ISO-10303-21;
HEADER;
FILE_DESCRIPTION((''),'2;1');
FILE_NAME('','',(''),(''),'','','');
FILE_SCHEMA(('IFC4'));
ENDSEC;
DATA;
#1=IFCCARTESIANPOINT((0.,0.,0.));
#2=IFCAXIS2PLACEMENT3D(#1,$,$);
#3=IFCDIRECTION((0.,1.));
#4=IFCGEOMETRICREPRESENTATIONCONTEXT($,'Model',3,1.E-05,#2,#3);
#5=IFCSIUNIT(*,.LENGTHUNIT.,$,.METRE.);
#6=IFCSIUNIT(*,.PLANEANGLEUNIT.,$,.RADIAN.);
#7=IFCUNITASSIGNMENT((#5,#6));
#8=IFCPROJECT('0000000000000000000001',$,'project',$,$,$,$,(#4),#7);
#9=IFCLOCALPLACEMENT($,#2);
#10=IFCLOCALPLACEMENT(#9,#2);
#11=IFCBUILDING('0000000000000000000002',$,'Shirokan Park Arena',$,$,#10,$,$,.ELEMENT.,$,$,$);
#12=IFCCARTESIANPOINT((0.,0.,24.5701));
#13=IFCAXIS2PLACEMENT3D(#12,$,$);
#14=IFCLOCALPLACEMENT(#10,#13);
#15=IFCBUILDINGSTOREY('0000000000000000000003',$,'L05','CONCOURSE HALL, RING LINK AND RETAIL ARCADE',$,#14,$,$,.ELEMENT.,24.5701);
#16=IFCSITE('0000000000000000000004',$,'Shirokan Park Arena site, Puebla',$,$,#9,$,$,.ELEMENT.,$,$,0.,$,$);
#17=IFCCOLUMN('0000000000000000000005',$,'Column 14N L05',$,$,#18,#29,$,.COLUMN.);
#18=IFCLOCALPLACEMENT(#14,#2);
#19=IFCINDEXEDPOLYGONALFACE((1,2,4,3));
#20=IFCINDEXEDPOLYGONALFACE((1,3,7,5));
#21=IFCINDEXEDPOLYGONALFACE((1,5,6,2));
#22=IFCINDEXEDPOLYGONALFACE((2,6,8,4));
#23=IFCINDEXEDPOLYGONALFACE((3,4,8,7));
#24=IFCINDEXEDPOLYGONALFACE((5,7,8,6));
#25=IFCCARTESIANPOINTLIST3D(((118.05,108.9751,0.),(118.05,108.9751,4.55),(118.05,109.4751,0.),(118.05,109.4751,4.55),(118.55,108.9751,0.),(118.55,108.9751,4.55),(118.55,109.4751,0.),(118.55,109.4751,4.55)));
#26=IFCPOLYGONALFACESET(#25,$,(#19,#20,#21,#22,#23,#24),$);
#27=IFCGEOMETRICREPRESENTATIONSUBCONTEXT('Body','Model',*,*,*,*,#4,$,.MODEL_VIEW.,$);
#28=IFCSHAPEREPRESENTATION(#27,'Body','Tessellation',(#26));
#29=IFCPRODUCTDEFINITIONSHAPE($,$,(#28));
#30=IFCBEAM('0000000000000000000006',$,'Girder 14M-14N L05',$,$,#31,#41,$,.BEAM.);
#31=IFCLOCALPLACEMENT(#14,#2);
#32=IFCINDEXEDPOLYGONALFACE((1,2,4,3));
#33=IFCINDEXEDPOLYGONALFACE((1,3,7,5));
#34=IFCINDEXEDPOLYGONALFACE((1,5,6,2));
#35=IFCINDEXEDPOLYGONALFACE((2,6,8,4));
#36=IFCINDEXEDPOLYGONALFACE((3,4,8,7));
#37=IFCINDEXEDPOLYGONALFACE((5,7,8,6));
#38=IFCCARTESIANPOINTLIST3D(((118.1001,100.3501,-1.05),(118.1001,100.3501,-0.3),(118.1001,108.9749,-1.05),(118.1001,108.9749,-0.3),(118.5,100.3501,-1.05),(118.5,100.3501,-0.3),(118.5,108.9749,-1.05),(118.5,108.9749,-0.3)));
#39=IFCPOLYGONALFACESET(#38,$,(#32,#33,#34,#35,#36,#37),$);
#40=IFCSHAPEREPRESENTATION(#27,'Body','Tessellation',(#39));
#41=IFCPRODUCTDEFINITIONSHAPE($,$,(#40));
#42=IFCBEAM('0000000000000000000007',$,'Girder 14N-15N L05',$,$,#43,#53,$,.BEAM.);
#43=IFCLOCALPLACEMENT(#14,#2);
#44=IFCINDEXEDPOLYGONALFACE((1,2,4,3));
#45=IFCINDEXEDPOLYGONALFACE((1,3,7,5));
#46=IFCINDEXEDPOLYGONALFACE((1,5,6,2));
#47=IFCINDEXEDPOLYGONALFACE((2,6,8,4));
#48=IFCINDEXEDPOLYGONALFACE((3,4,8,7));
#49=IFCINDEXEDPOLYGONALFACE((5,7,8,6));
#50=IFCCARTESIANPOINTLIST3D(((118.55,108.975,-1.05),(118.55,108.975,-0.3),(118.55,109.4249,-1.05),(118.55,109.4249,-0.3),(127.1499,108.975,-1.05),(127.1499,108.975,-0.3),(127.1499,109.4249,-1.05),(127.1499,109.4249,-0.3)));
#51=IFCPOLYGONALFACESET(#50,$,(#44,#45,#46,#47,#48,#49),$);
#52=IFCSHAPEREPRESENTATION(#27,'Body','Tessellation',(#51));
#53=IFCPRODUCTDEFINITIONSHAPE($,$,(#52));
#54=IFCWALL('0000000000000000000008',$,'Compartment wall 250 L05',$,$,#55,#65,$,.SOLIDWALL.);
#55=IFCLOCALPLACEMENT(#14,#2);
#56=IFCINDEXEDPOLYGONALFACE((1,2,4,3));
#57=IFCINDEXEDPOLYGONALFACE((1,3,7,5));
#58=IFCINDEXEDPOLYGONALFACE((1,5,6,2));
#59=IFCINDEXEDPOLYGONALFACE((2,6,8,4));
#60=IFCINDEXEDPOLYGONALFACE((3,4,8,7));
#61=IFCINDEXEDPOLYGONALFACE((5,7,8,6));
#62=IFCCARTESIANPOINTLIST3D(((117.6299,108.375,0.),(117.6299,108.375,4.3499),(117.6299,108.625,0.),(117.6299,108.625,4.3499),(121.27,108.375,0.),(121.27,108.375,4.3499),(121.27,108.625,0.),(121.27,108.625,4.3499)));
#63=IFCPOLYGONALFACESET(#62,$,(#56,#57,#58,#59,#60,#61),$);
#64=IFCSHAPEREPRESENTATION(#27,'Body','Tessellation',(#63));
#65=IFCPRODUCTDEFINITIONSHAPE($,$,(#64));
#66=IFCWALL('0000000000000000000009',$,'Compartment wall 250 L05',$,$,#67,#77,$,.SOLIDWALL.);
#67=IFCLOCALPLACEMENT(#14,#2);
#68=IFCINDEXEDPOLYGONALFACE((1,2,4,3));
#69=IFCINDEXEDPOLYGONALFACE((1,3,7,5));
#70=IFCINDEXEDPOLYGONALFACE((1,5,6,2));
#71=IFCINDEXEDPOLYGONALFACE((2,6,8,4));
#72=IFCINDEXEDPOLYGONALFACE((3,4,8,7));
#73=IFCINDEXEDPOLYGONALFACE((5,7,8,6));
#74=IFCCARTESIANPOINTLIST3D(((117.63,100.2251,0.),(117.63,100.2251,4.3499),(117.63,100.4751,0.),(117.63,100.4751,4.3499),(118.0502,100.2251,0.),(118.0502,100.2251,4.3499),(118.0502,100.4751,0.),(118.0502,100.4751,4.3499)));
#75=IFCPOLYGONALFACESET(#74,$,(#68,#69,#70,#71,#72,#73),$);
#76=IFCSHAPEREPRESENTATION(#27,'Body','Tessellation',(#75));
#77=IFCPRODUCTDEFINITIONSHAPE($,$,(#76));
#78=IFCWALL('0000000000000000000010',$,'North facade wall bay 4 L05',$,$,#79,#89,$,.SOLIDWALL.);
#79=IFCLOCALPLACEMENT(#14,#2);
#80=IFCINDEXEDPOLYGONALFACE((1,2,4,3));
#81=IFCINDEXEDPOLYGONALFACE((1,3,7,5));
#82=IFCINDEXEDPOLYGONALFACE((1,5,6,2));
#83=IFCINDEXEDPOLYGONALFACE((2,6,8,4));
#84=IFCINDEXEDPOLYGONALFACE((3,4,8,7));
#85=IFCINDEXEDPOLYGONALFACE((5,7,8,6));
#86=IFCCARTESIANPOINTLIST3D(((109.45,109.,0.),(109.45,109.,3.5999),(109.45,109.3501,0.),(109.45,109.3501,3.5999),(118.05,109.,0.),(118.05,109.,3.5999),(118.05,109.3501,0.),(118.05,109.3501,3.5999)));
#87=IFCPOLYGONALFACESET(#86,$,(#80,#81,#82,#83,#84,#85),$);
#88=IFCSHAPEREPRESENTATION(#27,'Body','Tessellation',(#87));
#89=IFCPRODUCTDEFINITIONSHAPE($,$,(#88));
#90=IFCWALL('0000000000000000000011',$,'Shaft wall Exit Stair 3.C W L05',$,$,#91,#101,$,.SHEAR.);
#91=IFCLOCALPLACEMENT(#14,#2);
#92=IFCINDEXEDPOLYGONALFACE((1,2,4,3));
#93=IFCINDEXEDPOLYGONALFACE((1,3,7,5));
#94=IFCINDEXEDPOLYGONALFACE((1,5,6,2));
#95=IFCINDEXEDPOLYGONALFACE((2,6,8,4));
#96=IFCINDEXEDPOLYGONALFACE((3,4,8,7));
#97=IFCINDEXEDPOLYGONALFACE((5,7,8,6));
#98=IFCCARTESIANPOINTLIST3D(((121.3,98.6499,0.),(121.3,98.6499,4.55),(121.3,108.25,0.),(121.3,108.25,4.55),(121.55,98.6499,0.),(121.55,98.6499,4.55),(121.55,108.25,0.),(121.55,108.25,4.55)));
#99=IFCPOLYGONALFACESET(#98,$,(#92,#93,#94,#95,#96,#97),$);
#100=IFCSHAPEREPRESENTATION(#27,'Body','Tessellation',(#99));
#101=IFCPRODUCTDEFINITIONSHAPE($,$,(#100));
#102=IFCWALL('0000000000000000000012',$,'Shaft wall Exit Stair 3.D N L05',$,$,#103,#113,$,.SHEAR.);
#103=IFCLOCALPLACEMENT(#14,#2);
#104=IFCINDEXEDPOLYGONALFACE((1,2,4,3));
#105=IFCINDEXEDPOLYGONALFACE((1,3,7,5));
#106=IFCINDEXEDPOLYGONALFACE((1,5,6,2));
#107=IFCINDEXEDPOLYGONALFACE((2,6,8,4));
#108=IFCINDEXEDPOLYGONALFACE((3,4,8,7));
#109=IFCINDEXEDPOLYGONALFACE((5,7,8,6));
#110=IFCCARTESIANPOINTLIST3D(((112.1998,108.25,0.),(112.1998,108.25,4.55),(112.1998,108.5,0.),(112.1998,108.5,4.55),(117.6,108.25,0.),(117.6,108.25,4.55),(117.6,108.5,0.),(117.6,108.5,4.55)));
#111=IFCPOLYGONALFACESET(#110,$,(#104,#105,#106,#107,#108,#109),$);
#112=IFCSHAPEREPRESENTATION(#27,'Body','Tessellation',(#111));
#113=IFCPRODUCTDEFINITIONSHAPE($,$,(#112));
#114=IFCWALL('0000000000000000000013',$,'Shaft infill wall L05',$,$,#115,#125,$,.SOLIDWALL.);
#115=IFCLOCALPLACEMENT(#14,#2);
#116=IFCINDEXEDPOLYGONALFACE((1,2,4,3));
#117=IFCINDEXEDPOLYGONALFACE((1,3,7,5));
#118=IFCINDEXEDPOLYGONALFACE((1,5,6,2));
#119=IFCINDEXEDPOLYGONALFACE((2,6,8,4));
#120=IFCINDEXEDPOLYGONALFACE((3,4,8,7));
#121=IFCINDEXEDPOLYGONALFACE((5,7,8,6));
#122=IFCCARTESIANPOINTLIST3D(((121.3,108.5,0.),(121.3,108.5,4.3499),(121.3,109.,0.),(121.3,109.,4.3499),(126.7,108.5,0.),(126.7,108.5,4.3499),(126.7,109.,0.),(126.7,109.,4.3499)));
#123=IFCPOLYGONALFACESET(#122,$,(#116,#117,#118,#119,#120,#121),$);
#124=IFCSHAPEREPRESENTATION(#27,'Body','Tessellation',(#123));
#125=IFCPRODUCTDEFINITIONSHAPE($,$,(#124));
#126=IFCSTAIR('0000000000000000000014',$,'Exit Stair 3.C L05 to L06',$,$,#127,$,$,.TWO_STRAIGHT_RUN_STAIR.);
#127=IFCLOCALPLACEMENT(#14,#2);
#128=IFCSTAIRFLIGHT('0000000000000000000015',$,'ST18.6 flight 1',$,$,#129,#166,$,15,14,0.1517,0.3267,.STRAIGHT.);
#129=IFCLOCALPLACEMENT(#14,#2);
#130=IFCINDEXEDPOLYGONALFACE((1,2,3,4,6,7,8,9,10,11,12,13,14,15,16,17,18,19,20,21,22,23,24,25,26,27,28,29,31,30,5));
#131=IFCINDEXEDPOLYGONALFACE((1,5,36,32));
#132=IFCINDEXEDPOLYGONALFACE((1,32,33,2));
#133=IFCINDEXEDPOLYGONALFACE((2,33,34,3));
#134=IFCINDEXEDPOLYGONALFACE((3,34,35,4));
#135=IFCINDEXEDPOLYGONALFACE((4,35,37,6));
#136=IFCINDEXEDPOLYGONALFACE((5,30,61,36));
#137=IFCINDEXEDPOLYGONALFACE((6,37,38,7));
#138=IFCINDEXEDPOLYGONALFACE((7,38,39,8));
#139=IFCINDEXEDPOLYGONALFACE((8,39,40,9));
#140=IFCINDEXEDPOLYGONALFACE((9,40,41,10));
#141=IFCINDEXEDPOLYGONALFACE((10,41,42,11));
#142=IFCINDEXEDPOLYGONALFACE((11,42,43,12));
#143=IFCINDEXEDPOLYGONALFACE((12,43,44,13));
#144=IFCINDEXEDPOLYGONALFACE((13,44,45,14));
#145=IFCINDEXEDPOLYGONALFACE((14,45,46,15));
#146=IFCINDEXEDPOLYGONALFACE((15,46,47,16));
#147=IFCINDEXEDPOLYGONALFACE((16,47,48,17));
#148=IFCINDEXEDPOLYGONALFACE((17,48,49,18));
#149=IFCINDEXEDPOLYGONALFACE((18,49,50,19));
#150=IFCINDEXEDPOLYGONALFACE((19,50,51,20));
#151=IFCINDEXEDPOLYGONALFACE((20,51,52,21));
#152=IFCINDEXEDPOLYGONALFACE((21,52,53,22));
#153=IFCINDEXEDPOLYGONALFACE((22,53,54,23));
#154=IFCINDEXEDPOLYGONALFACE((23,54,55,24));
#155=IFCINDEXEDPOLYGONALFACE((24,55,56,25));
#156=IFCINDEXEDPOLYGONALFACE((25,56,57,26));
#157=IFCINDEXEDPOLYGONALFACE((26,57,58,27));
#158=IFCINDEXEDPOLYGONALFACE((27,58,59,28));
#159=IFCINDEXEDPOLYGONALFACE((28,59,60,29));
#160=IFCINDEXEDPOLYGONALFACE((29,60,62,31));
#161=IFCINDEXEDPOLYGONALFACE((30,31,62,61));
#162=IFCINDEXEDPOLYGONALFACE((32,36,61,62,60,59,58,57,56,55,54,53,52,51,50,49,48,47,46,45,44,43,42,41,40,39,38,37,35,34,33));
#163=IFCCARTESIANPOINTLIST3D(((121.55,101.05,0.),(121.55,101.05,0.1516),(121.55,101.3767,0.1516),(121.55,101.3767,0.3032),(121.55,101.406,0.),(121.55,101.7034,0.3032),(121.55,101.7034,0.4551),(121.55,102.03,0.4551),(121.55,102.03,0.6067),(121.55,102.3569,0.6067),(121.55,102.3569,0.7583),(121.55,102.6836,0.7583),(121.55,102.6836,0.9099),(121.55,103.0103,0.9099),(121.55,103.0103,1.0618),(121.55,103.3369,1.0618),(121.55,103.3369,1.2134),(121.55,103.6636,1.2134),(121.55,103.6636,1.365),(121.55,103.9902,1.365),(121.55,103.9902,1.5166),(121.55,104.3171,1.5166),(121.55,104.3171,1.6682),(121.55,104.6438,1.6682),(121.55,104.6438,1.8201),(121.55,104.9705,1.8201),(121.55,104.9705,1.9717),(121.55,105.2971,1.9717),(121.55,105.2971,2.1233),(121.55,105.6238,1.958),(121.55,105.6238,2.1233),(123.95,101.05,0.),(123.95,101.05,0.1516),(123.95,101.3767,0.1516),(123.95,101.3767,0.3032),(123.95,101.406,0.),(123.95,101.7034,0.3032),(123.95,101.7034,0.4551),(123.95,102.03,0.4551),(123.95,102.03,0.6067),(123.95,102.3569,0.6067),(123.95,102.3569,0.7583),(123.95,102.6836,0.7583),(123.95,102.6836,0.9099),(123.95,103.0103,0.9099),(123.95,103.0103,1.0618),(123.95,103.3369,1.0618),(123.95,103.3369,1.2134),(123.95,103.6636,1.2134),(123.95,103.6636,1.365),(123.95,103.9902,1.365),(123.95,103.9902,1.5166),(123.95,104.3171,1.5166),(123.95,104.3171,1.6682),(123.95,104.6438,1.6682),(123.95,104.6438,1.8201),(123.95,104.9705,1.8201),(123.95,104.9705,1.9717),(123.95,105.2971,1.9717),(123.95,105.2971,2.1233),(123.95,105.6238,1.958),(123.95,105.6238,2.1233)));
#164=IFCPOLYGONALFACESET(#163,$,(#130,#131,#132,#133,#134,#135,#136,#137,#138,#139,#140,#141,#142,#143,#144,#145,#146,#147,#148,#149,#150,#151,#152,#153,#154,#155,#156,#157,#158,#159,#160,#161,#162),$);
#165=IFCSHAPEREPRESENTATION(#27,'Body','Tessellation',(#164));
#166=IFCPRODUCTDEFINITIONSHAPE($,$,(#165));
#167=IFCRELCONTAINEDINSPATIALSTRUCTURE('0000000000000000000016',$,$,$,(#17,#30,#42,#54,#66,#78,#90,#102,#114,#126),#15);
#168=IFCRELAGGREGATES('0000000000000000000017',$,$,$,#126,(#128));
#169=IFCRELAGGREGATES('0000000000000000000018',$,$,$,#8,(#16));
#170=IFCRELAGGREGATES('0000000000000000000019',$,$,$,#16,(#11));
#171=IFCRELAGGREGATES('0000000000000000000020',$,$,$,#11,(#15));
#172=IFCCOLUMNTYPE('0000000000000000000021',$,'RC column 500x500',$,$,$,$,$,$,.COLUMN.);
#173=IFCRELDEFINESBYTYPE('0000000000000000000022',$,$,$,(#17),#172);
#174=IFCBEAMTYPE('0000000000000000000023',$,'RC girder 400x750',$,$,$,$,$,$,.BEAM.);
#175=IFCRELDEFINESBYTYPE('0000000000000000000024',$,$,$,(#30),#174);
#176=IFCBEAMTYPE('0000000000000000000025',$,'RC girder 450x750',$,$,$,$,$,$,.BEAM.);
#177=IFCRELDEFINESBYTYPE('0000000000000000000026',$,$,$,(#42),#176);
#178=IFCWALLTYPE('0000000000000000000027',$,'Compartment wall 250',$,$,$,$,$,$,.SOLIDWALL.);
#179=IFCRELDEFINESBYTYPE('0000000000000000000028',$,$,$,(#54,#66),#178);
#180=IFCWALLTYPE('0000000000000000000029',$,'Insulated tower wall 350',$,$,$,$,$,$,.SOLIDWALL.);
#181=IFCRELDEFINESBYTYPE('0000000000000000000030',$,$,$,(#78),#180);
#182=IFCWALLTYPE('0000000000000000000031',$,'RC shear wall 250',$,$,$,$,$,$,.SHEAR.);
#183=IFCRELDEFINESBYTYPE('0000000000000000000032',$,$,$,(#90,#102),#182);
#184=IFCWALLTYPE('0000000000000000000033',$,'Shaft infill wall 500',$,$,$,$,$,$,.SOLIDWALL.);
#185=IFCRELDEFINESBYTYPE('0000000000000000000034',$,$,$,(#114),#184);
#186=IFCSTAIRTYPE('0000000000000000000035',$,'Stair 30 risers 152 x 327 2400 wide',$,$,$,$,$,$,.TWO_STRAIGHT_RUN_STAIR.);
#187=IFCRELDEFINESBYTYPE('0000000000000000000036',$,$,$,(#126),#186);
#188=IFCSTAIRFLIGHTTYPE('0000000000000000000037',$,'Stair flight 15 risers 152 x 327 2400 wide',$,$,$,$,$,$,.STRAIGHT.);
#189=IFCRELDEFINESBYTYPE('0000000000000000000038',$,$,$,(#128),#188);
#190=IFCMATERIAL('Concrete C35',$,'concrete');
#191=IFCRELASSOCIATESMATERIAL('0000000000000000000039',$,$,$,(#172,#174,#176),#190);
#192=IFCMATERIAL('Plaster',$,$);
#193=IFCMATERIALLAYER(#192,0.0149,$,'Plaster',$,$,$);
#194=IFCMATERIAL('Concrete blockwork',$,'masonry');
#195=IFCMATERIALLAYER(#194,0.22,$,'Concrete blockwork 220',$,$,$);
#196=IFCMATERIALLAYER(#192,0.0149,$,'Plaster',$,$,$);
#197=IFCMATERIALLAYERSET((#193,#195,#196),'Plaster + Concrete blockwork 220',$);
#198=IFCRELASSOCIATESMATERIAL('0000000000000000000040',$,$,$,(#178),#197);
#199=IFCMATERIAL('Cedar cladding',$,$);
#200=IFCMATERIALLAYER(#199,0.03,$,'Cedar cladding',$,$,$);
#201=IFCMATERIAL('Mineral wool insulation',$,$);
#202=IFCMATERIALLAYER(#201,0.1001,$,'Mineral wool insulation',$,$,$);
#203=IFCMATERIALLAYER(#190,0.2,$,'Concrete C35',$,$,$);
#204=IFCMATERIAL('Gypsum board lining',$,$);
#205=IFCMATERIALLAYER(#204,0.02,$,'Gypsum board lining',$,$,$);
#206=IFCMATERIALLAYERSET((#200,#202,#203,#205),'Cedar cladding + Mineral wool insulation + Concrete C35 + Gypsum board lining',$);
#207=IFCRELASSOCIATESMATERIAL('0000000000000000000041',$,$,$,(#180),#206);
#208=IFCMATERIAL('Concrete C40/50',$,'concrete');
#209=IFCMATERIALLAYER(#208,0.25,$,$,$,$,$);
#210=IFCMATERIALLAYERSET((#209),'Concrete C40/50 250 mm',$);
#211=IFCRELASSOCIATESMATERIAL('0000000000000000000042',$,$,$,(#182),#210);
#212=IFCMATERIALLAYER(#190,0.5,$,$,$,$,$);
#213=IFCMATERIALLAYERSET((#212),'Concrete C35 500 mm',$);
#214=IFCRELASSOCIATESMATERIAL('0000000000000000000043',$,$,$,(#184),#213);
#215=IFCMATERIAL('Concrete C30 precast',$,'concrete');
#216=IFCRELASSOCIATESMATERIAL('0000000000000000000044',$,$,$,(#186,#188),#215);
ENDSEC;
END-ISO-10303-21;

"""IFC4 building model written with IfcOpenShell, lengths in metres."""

from ifc_helpers import new_model, si_unit, direction, frame, frame_2d, origin, origin_2d, place, context, subcontext, project, spatial, polyline, rectangle, outline, extrude, material, layer, layer_set, material_profile, profile_set, type_object, element, aggregate, save


model = new_model("IFC4")

# Units and contexts
model_context = context("Model", 3, precision=1e-05, world=origin(), true_north=direction((0.0, 1.0)))
body_context = subcontext(model_context, "Body", "Model", "MODEL_VIEW")
ifc_project = project(units=[si_unit("LENGTHUNIT", "METRE"), si_unit("PLANEANGLEUNIT", "RADIAN")], contexts=[model_context])

# Site, building, storey
site_placement = place(None, origin())
site = spatial("IfcSite", under=ifc_project, at=site_placement, Name="Shirokan Park Arena site, Puebla", CompositionType="ELEMENT", RefElevation=0.0)
building_placement = place(site_placement, origin())
building = spatial("IfcBuilding", under=site, at=building_placement, Name="Shirokan Park Arena", CompositionType="ELEMENT")
storey_placement = place(building_placement, frame((0.0, 0.0, 24.5701)))
storey = spatial("IfcBuildingStorey", under=building, at=storey_placement, Name="L05", Description="CONCOURSE HALL, RING LINK AND RETAIL ARCADE", CompositionType="ELEMENT", Elevation=24.5701)

# Column
ifc_material_1 = material(Name="Concrete C35", Category="concrete")
ifc_material_profile_1 = material_profile(ifc_material_1, rectangle(XDim=0.5, YDim=0.5, at=origin_2d()), Name="500x500")
ifc_profile_set_1 = profile_set([ifc_material_profile_1], Name="Concrete C35")
column_type = type_object("IfcColumnType", Name="RC column 500x500", PredefinedType="COLUMN", material=ifc_profile_set_1)
column_placement = place(storey_placement, frame((118.3, 109.2251, 0.0), z_axis=(0.0, 0.0, 1.0), x_axis=(1.0, 0.0, 0.0)))
element("IfcColumn", 1, at=column_placement, inside=storey, type_object=column_type, Name="Column 14N L05", PredefinedType="COLUMN", context=body_context, shape_type="SweptSolid", body=[
    extrude(rectangle(XDim=0.5, YDim=0.5, at=origin_2d()), origin(), (0.0, 0.0, 1.0), 4.55),
])

# Beams
ifc_material_profile_2 = material_profile(ifc_material_1, rectangle(XDim=0.3999, YDim=0.75, at=origin_2d()), Name="400x750")
ifc_profile_set_2 = profile_set([ifc_material_profile_2], Name="Concrete C35")
beam_type_1 = type_object("IfcBeamType", Name="RC girder 400x750", PredefinedType="BEAM", material=ifc_profile_set_2)
beam_1_placement = place(storey_placement, frame((118.3, 100.3501, -0.675), z_axis=(0.0, 1.0, 0.0), x_axis=(-1.0, 0.0, 0.0)))
element("IfcBeam", 2, at=beam_1_placement, inside=storey, type_object=beam_type_1, Name="Girder 14M-14N L05", PredefinedType="BEAM", context=body_context, shape_type="SweptSolid", body=[
    extrude(rectangle(XDim=0.3999, YDim=0.75, at=origin_2d()), origin(), (0.0, 0.0, 1.0), 8.6248),
])
ifc_material_profile_3 = material_profile(ifc_material_1, rectangle(XDim=0.45, YDim=0.75, at=origin_2d()), Name="450x750")
ifc_profile_set_3 = profile_set([ifc_material_profile_3], Name="Concrete C35")
beam_type_2 = type_object("IfcBeamType", Name="RC girder 450x750", PredefinedType="BEAM", material=ifc_profile_set_3)
beam_2_placement = place(storey_placement, frame((118.55, 109.2, -0.675), z_axis=(1.0, 0.0, 0.0), x_axis=(0.0, 1.0, 0.0)))
element("IfcBeam", 3, at=beam_2_placement, inside=storey, type_object=beam_type_2, Name="Girder 14N-15N L05", PredefinedType="BEAM", context=body_context, shape_type="SweptSolid", body=[
    extrude(rectangle(XDim=0.45, YDim=0.75, at=origin_2d()), origin(), (0.0, 0.0, 1.0), 8.5999),
])

# Walls
ifc_material_2 = material(Name="Plaster")
ifc_layer_1 = layer(ifc_material_2, 0.0149, Name="Plaster")
ifc_material_3 = material(Name="Concrete blockwork", Category="masonry")
ifc_layer_2 = layer(ifc_material_3, 0.22, Name="Concrete blockwork 220")
ifc_layer_3 = layer(ifc_material_2, 0.0149, Name="Plaster")
ifc_layer_set_1 = layer_set([ifc_layer_1, ifc_layer_2, ifc_layer_3], Name="Plaster + Concrete blockwork 220")
wall_type_1 = type_object("IfcWallType", Name="Compartment wall 250", PredefinedType="SOLIDWALL", material=ifc_layer_set_1)
wall_1_placement = place(storey_placement, frame((117.6299, 108.5, 0.0), z_axis=(0.0, 0.0, 1.0), x_axis=(1.0, 0.0, 0.0)))
element("IfcWall", 4, at=wall_1_placement, inside=storey, type_object=wall_type_1, Name="Compartment wall 250 L05", PredefinedType="SOLIDWALL", context=body_context, shape_type="SweptSolid", body=[
    extrude(rectangle(XDim=3.6401, YDim=0.25, at=frame_2d((1.8201, 0.0))), origin(), (0.0, 0.0, 1.0), 4.3499),
])
wall_2_placement = place(storey_placement, frame((118.05, 100.3501, 0.0), z_axis=(0.0, 0.0, 1.0), x_axis=(-1.0, 0.0, 0.0)))
element("IfcWall", 5, at=wall_2_placement, inside=storey, type_object=wall_type_1, Name="Compartment wall 250 L05", PredefinedType="SOLIDWALL", context=body_context, shape_type="SweptSolid", body=[
    extrude(rectangle(XDim=0.4202, YDim=0.25, at=frame_2d((0.21, 0.0))), origin(), (0.0, 0.0, 1.0), 4.3499),
])
ifc_material_4 = material(Name="Cedar cladding")
ifc_layer_4 = layer(ifc_material_4, 0.03, Name="Cedar cladding")
ifc_material_5 = material(Name="Mineral wool insulation")
ifc_layer_5 = layer(ifc_material_5, 0.1001, Name="Mineral wool insulation")
ifc_layer_6 = layer(ifc_material_1, 0.2, Name="Concrete C35")
ifc_material_6 = material(Name="Gypsum board lining")
ifc_layer_7 = layer(ifc_material_6, 0.02, Name="Gypsum board lining")
ifc_layer_set_2 = layer_set([ifc_layer_4, ifc_layer_5, ifc_layer_6, ifc_layer_7], Name="Cedar cladding + Mineral wool insulation + Concrete C35 + Gypsum board lining")
wall_type_2 = type_object("IfcWallType", Name="Insulated tower wall 350", PredefinedType="SOLIDWALL", material=ifc_layer_set_2)
wall_3_placement = place(storey_placement, frame((118.05, 109.175, 0.0), z_axis=(0.0, 0.0, 1.0), x_axis=(-1.0, 0.0, 0.0)))
element("IfcWall", 6, at=wall_3_placement, inside=storey, type_object=wall_type_2, Name="North facade wall bay 4 L05", PredefinedType="SOLIDWALL", context=body_context, shape_type="SweptSolid", body=[
    extrude(rectangle(XDim=8.6001, YDim=0.3501, at=frame_2d((4.3, 0.0))), origin(), (0.0, 0.0, 1.0), 3.5999),
])
ifc_material_7 = material(Name="Concrete C40/50", Category="concrete")
ifc_layer_8 = layer(ifc_material_7, 0.25)
ifc_layer_set_3 = layer_set([ifc_layer_8], Name="Concrete C40/50 250 mm")
wall_type_3 = type_object("IfcWallType", Name="RC shear wall 250", PredefinedType="SHEAR", material=ifc_layer_set_3)
wall_4_placement = place(storey_placement, frame((121.425, 108.25, 0.0), z_axis=(0.0, 0.0, 1.0), x_axis=(0.0, -1.0, 0.0)))
element("IfcWall", 7, at=wall_4_placement, inside=storey, type_object=wall_type_3, Name="Shaft wall Exit Stair 3.C W L05", PredefinedType="SHEAR", context=body_context, shape_type="SweptSolid", body=[
    extrude(rectangle(XDim=9.6001, YDim=0.25, at=frame_2d((4.8, 0.0))), origin(), (0.0, 0.0, 1.0), 4.55),
])
wall_5_placement = place(storey_placement, frame((117.6001, 108.375, 0.0), z_axis=(0.0, 0.0, 1.0), x_axis=(-1.0, 0.0, 0.0)))
element("IfcWall", 8, at=wall_5_placement, inside=storey, type_object=wall_type_3, Name="Shaft wall Exit Stair 3.D N L05", PredefinedType="SHEAR", context=body_context, shape_type="SweptSolid", body=[
    extrude(rectangle(XDim=5.4001, YDim=0.25, at=frame_2d((2.7002, 0.0))), origin(), (0.0, 0.0, 1.0), 4.55),
])
ifc_layer_9 = layer(ifc_material_1, 0.5)
ifc_layer_set_4 = layer_set([ifc_layer_9], Name="Concrete C35 500 mm")
wall_type_4 = type_object("IfcWallType", Name="Shaft infill wall 500", PredefinedType="SOLIDWALL", material=ifc_layer_set_4)
wall_6_placement = place(storey_placement, frame((121.3, 108.75, 0.0), z_axis=(0.0, 0.0, 1.0), x_axis=(1.0, 0.0, 0.0)))
element("IfcWall", 9, at=wall_6_placement, inside=storey, type_object=wall_type_4, Name="Shaft infill wall L05", PredefinedType="SOLIDWALL", context=body_context, shape_type="SweptSolid", body=[
    extrude(rectangle(XDim=5.3999, YDim=0.5, at=frame_2d((2.7, 0.0))), origin(), (0.0, 0.0, 1.0), 4.3499),
])

# Stair, stair flight
ifc_material_8 = material(Name="Concrete C30 precast", Category="concrete")
stair_type = type_object("IfcStairType", Name="Stair 30 risers 152 x 327 2400 wide", PredefinedType="TWO_STRAIGHT_RUN_STAIR", material=ifc_material_8)
stair_placement = place(storey_placement, origin())
stair = element("IfcStair", 10, at=stair_placement, inside=storey, type_object=stair_type, Name="Exit Stair 3.C L05 to L06", PredefinedType="TWO_STRAIGHT_RUN_STAIR")
stair_flight_type = type_object("IfcStairFlightType", Name="Stair flight 15 risers 152 x 327 2400 wide", PredefinedType="STRAIGHT", material=ifc_material_8)
stair_flight_1_placement = place(storey_placement, frame((122.75, 101.05, 0.0), z_axis=(0.0, 0.0, 1.0), x_axis=(0.0, 1.0, 0.0)))
stair_flight_1 = element("IfcStairFlight", 11, at=stair_flight_1_placement, type_object=stair_flight_type, Name="ST18.6 flight 1", NumberOfRisers=15, NumberOfTreads=14, PredefinedType="STRAIGHT", RiserHeight=0.1517, TreadLength=0.3267, context=body_context, shape_type="SweptSolid", body=[
    extrude(outline(polyline([(0.0, 0.0), (0.0, 0.1516), (0.3267, 0.1516), (0.3267, 0.3032), (0.6533, 0.3032), (0.6533, 0.4551), (0.98, 0.4551), (0.98, 0.6067), (1.3069, 0.6067), (1.3069, 0.7583), (1.6335, 0.7583), (1.6335, 0.9099), (1.9602, 0.9099), (1.9602, 1.0618), (2.2869, 1.0618), (2.2869, 1.2134), (2.6135, 1.2134), (2.6135, 1.365), (2.9402, 1.365), (2.9402, 1.5166), (3.2671, 1.5166), (3.2671, 1.6682), (3.5938, 1.6682), (3.5938, 1.8201), (3.9204, 1.8201), (3.9204, 1.9717), (4.2471, 1.9717), (4.2471, 2.1233), (4.5737, 2.1233), (4.5737, 2.2749), (4.5737, 1.958), (0.356, 0.0), (0.0, 0.0)])), frame((0.0, 1.2, 0.0), z_axis=(0.0, -1.0, 0.0), x_axis=(1.0, 0.0, 0.0)), (0.0, 0.0, 1.0), 2.3999),
])
aggregate(stair, [stair_flight_1])

save(model, "model.ifc")
